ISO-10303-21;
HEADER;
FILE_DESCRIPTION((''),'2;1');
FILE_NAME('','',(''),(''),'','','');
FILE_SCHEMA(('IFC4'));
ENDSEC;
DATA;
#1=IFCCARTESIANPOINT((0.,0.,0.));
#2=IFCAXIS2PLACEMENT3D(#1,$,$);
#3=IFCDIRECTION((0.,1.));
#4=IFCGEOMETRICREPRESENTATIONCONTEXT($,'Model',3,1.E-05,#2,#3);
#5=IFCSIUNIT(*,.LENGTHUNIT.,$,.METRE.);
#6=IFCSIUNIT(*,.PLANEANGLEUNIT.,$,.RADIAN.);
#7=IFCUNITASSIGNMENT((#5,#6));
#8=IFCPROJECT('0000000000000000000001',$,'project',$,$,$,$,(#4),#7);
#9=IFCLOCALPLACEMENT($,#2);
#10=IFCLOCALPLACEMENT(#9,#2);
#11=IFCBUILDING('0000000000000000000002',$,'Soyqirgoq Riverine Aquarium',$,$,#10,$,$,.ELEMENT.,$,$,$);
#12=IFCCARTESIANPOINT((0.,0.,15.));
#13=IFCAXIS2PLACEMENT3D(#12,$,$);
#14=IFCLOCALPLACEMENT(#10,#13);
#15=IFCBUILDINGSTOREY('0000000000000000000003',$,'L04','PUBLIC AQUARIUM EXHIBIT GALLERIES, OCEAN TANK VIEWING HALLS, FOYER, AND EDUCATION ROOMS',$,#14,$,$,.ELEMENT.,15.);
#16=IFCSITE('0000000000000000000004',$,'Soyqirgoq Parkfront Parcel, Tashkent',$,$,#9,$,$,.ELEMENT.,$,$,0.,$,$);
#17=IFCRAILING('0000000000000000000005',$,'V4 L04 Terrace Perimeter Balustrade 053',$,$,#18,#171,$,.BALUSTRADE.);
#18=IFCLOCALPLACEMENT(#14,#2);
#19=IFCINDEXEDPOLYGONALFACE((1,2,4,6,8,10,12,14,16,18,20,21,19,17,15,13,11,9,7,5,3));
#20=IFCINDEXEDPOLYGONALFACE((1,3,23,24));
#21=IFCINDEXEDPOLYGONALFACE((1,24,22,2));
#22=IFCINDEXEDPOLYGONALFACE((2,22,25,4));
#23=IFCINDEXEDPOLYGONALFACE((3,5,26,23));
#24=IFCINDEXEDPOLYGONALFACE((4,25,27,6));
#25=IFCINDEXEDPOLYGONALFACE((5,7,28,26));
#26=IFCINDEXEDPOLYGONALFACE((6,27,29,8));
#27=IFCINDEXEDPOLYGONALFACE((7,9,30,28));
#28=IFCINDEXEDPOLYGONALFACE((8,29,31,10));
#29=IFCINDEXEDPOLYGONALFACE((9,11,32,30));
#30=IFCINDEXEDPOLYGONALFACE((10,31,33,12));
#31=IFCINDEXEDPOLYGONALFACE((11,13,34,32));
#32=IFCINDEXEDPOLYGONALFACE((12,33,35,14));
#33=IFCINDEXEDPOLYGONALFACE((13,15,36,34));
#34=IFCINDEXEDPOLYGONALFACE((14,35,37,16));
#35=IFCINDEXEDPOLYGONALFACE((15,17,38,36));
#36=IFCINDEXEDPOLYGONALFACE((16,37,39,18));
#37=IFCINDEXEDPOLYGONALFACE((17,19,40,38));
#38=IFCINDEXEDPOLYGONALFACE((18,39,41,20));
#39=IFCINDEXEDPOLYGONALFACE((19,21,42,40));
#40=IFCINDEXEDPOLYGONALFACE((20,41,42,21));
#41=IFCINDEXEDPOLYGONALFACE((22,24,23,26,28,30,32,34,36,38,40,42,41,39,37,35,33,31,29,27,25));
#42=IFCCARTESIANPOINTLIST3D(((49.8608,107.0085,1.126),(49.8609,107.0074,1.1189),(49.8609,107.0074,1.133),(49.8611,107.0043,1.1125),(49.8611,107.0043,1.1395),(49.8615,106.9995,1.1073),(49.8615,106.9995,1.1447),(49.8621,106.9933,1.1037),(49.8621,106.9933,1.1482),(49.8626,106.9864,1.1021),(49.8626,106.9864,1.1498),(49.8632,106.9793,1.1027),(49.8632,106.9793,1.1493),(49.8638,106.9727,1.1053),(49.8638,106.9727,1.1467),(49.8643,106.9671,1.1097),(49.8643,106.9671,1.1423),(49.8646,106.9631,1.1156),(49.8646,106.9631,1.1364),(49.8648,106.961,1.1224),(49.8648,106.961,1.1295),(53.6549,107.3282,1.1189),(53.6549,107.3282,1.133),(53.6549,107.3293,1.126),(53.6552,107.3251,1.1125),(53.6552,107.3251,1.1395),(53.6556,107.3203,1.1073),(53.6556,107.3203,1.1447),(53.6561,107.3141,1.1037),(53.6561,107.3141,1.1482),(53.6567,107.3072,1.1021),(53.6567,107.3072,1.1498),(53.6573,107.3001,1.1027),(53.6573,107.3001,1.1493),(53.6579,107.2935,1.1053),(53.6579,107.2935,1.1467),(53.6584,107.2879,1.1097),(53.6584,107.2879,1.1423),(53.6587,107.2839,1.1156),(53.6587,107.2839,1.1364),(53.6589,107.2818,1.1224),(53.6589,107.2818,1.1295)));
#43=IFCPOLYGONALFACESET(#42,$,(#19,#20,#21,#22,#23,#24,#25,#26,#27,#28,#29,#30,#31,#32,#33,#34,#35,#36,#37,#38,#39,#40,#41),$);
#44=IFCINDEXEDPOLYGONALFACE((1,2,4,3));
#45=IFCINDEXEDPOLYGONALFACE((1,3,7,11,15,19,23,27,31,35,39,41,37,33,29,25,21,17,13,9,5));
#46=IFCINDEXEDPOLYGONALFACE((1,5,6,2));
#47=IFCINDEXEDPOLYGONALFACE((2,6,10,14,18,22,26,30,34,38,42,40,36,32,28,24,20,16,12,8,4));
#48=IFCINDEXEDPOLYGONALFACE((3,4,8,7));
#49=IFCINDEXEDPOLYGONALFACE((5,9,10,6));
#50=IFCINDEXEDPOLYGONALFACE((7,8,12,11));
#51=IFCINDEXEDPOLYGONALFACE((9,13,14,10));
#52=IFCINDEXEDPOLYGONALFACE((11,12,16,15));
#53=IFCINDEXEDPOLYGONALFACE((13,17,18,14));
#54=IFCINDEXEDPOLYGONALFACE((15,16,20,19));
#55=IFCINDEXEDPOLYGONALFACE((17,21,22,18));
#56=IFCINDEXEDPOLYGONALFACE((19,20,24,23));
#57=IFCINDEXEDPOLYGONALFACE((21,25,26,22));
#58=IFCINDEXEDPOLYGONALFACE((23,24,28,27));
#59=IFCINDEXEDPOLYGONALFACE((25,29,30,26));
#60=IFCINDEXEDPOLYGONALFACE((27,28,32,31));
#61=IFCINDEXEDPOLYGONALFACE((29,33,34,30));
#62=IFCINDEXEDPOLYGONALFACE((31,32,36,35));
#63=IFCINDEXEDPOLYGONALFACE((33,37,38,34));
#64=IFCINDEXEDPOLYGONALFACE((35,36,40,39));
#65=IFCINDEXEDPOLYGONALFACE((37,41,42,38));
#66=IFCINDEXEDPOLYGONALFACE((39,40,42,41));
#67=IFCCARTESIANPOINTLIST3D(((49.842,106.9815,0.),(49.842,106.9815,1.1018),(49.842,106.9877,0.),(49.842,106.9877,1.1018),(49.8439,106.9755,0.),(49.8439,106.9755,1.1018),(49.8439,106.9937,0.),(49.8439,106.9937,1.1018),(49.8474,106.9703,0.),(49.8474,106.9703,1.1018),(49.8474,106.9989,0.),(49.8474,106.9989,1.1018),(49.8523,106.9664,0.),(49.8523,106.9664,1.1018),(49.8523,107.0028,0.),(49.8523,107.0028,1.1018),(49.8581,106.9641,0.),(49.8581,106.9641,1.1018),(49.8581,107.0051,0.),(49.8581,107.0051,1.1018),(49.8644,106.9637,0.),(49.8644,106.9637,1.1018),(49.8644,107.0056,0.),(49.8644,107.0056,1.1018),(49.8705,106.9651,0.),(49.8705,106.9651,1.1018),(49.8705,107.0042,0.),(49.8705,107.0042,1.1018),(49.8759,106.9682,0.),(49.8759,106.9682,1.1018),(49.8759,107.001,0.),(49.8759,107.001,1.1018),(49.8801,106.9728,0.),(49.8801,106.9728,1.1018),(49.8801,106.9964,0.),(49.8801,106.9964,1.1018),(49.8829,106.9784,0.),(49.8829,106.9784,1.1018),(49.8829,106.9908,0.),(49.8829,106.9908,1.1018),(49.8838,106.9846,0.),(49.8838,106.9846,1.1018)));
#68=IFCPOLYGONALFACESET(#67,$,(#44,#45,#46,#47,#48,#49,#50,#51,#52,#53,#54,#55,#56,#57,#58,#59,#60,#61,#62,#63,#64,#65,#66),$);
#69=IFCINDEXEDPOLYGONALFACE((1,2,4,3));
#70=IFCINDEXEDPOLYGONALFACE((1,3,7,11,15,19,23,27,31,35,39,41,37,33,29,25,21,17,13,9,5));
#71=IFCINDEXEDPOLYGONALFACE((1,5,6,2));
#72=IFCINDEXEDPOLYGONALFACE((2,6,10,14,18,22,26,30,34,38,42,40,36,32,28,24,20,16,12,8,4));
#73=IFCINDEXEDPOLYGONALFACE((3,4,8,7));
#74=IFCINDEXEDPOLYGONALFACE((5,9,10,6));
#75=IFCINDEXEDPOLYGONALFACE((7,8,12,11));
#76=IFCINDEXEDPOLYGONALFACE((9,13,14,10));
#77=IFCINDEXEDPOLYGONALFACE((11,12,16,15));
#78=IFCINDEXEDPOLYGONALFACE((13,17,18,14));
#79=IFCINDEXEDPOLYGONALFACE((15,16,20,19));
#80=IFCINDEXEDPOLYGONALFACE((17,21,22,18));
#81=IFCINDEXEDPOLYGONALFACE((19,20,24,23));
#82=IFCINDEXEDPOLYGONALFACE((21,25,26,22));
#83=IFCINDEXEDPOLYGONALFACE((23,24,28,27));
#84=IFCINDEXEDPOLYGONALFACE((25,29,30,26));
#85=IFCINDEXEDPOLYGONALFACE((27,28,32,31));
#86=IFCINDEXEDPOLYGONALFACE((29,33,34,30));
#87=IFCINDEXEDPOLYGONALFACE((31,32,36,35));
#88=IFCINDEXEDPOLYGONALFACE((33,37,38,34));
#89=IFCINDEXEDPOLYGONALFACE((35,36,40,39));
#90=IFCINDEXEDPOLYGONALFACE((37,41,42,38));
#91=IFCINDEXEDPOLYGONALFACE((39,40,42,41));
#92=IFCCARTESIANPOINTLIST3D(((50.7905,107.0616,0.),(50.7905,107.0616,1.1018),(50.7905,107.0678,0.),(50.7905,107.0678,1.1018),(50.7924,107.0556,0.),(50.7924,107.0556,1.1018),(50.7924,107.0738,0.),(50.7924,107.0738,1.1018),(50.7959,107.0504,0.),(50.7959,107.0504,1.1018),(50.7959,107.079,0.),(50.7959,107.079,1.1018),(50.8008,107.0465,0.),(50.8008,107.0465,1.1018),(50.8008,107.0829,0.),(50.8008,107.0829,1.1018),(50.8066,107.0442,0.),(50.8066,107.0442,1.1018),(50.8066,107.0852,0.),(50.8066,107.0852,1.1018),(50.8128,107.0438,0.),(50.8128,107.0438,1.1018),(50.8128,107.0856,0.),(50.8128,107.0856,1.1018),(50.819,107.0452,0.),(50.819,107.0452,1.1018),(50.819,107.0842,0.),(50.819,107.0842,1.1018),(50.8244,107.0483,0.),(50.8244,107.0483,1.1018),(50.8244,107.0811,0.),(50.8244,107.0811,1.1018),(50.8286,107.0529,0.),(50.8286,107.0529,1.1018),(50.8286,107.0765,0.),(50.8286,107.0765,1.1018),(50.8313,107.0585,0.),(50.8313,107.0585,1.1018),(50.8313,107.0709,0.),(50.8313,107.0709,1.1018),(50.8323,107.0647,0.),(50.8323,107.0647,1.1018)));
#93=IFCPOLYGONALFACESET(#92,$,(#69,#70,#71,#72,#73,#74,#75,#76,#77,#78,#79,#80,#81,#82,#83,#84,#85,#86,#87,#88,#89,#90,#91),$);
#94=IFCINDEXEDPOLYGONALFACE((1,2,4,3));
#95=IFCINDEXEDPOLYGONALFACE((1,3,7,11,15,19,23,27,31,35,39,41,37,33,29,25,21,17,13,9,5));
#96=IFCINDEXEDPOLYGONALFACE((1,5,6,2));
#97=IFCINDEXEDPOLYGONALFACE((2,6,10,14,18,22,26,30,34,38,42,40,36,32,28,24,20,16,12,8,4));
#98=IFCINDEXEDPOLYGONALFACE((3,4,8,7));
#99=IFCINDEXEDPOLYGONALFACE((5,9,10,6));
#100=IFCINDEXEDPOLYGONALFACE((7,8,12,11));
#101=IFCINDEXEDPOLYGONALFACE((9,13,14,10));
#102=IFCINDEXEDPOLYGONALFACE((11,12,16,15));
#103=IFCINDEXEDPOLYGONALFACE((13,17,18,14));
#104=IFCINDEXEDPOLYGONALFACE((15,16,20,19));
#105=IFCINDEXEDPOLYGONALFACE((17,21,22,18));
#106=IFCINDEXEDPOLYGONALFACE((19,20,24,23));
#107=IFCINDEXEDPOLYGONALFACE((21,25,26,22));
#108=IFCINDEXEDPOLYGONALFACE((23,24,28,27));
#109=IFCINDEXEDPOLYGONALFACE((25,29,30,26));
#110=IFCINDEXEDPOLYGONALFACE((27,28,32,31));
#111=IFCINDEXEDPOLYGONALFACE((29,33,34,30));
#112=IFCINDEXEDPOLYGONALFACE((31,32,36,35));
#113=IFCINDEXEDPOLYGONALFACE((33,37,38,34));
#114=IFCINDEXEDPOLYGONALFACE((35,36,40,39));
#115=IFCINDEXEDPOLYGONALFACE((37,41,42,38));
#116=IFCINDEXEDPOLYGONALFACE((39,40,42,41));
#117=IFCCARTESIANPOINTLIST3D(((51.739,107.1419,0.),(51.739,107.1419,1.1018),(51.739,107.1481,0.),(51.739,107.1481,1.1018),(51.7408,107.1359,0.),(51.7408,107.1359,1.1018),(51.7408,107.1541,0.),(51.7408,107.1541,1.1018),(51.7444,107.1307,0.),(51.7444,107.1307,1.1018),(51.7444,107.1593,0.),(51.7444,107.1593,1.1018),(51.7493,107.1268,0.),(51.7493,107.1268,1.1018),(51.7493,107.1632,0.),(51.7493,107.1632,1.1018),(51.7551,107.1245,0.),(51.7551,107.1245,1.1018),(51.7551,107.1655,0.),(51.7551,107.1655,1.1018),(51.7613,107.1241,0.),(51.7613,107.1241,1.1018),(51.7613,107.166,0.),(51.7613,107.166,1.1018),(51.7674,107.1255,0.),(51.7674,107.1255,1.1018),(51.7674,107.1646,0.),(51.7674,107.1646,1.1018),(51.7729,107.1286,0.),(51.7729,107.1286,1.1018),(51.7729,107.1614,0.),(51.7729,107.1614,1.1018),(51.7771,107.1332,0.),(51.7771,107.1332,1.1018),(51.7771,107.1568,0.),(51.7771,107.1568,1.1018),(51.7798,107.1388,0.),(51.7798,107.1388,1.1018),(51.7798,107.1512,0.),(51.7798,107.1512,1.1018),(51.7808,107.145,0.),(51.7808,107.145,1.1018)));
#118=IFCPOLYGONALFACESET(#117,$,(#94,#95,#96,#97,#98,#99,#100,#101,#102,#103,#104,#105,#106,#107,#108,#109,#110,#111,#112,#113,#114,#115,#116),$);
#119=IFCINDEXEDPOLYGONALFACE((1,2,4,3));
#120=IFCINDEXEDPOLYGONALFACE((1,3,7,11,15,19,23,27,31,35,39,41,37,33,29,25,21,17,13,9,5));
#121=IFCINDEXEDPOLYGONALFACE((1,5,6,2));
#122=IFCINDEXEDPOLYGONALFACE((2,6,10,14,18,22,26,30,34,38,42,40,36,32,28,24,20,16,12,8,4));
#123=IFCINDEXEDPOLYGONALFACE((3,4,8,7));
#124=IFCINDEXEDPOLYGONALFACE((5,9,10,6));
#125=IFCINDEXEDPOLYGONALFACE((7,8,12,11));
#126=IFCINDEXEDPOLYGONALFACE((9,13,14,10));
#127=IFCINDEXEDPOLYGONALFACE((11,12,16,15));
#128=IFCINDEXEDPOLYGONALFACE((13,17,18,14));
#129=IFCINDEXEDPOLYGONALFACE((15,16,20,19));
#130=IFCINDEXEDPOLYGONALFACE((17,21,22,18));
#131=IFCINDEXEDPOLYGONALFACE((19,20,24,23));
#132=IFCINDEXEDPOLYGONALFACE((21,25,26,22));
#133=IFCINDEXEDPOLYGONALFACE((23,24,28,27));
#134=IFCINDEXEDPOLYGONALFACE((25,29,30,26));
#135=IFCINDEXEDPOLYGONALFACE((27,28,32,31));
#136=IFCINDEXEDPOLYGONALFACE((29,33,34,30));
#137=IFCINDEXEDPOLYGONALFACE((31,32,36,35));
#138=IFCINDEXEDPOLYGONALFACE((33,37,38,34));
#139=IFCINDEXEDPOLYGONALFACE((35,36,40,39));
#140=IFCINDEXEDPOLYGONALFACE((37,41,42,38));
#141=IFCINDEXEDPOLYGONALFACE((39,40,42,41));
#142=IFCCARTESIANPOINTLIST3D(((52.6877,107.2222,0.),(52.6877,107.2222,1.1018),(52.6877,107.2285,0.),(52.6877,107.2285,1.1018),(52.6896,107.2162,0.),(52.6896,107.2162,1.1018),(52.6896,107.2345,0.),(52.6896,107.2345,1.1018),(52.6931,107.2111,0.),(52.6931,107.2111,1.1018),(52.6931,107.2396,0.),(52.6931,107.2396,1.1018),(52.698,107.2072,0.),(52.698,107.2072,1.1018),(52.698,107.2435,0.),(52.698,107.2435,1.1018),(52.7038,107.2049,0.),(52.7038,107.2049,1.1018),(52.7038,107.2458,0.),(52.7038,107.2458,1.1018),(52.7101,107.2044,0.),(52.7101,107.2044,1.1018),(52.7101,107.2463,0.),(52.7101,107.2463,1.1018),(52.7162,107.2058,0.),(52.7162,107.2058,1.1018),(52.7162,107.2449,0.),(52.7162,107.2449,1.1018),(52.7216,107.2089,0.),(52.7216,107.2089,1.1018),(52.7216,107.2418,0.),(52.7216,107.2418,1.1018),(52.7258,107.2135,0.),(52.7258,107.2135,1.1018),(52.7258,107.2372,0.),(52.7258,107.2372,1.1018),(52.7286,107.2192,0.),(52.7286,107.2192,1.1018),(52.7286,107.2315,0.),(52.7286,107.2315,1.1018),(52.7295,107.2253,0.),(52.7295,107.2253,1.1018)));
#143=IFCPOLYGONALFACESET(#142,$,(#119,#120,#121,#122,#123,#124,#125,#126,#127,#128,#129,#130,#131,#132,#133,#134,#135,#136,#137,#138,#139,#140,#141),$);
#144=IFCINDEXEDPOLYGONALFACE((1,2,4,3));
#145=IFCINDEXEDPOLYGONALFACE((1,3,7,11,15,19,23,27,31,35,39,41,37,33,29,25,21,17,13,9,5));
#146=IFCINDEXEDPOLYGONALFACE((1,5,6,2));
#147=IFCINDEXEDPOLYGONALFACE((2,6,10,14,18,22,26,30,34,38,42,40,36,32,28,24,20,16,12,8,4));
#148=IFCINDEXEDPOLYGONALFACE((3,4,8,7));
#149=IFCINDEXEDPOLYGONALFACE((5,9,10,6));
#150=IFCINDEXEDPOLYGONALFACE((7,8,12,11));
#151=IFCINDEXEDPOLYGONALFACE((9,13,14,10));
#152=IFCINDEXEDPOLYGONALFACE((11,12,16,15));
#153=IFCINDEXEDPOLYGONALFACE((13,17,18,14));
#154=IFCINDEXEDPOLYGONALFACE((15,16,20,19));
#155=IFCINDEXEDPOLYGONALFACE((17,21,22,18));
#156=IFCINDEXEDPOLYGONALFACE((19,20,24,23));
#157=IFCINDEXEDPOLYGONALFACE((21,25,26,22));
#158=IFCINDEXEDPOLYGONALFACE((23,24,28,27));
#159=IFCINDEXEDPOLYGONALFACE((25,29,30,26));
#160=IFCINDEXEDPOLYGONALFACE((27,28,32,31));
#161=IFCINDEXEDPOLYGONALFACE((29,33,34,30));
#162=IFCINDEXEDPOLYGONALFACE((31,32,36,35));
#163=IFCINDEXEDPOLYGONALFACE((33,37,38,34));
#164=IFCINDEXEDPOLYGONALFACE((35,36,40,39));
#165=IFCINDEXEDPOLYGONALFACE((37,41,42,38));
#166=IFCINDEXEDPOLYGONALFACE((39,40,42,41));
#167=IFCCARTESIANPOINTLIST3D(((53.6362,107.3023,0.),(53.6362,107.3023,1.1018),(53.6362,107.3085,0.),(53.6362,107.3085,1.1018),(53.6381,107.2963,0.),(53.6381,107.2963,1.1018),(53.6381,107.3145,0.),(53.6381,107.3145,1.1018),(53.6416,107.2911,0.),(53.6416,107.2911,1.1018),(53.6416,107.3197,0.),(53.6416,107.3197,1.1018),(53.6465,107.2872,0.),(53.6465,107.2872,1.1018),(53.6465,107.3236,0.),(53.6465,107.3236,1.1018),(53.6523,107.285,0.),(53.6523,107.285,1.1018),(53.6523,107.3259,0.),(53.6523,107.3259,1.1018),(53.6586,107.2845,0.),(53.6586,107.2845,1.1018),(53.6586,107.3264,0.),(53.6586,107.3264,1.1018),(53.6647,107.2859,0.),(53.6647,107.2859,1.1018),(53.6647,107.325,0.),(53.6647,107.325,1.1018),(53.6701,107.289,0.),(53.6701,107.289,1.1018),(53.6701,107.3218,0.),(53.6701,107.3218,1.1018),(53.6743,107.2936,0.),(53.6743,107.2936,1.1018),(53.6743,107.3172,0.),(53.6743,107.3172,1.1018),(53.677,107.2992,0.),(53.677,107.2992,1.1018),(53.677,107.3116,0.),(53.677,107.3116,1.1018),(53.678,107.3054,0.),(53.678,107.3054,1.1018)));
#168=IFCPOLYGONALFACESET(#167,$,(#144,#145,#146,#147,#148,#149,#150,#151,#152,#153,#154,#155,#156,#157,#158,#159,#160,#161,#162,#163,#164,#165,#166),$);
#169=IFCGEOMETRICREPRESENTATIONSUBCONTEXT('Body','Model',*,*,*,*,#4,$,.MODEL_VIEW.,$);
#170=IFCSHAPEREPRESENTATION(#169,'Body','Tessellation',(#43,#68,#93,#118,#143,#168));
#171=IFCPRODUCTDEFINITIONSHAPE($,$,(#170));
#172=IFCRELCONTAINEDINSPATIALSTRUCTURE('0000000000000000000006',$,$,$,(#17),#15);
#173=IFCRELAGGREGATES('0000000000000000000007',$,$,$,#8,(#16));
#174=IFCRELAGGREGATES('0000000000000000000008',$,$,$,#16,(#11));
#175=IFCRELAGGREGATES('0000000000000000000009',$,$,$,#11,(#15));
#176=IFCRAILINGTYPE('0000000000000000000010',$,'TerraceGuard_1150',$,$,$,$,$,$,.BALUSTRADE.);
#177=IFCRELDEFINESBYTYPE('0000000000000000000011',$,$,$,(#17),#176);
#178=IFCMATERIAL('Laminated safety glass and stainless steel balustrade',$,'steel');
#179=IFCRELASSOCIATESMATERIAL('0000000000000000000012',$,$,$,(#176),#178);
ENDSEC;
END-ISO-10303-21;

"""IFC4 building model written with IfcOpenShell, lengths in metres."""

from ifc_helpers import new_model, si_unit, direction, frame, origin, origin_2d, place, context, subcontext, project, spatial, circle, extrude, material, type_object, element, save


model = new_model("IFC4")

# Units and contexts
model_context = context("Model", 3, precision=1e-05, world=origin(), true_north=direction((0.0, 1.0)))
body_context = subcontext(model_context, "Body", "Model", "MODEL_VIEW")
ifc_project = project(units=[si_unit("LENGTHUNIT", "METRE"), si_unit("PLANEANGLEUNIT", "RADIAN")], contexts=[model_context])

# Site, building, storey
site_placement = place(None, origin())
site = spatial("IfcSite", under=ifc_project, at=site_placement, Name="Soyqirgoq Parkfront Parcel, Tashkent", CompositionType="ELEMENT", RefElevation=0.0)
building_placement = place(site_placement, origin())
building = spatial("IfcBuilding", under=site, at=building_placement, Name="Soyqirgoq Riverine Aquarium", CompositionType="ELEMENT")
storey_placement = place(building_placement, frame((0.0, 0.0, 15.0)))
storey = spatial("IfcBuildingStorey", under=building, at=storey_placement, Name="L04", Description="PUBLIC AQUARIUM EXHIBIT GALLERIES, OCEAN TANK VIEWING HALLS, FOYER, AND EDUCATION ROOMS", CompositionType="ELEMENT", Elevation=15.0)

# Railing
ifc_material_1 = material(Name="Laminated safety glass and stainless steel balustrade", Category="steel")
railing_type = type_object("IfcRailingType", Name="TerraceGuard_1150", PredefinedType="BALUSTRADE", material=ifc_material_1)
railing_1_placement = place(storey_placement, frame((49.8628, 106.9846, 0.0)))
element("IfcRailing", 1, at=railing_1_placement, inside=storey, type_object=railing_type, Name="V4 L04 Terrace Perimeter Balustrade 053", PredefinedType="BALUSTRADE", context=body_context, shape_type="SweptSolid", body=[
    extrude(circle(Radius=0.0239, at=origin_2d()), frame((0.0, 0.0, 1.126), z_axis=(0.996445, 0.08425, 0.0), x_axis=(-0.08425, 0.996445, 0.0)), (0.0, 0.0, 1.0), 3.8076),
    extrude(circle(Radius=0.021, at=origin_2d()), origin(), (0.0, 0.0, 1.0), 1.1018),
    extrude(circle(Radius=0.021, at=origin_2d()), frame((0.9485, 0.0801, 0.0)), (0.0, 0.0, 1.0), 1.1018),
    extrude(circle(Radius=0.021, at=origin_2d()), frame((1.897, 0.1604, 0.0)), (0.0, 0.0, 1.0), 1.1018),
    extrude(circle(Radius=0.021, at=origin_2d()), frame((2.8457, 0.2407, 0.0)), (0.0, 0.0, 1.0), 1.1018),
    extrude(circle(Radius=0.021, at=origin_2d()), frame((3.7942, 0.3208, 0.0)), (0.0, 0.0, 1.0), 1.1018),
])

save(model, "model.ifc")
